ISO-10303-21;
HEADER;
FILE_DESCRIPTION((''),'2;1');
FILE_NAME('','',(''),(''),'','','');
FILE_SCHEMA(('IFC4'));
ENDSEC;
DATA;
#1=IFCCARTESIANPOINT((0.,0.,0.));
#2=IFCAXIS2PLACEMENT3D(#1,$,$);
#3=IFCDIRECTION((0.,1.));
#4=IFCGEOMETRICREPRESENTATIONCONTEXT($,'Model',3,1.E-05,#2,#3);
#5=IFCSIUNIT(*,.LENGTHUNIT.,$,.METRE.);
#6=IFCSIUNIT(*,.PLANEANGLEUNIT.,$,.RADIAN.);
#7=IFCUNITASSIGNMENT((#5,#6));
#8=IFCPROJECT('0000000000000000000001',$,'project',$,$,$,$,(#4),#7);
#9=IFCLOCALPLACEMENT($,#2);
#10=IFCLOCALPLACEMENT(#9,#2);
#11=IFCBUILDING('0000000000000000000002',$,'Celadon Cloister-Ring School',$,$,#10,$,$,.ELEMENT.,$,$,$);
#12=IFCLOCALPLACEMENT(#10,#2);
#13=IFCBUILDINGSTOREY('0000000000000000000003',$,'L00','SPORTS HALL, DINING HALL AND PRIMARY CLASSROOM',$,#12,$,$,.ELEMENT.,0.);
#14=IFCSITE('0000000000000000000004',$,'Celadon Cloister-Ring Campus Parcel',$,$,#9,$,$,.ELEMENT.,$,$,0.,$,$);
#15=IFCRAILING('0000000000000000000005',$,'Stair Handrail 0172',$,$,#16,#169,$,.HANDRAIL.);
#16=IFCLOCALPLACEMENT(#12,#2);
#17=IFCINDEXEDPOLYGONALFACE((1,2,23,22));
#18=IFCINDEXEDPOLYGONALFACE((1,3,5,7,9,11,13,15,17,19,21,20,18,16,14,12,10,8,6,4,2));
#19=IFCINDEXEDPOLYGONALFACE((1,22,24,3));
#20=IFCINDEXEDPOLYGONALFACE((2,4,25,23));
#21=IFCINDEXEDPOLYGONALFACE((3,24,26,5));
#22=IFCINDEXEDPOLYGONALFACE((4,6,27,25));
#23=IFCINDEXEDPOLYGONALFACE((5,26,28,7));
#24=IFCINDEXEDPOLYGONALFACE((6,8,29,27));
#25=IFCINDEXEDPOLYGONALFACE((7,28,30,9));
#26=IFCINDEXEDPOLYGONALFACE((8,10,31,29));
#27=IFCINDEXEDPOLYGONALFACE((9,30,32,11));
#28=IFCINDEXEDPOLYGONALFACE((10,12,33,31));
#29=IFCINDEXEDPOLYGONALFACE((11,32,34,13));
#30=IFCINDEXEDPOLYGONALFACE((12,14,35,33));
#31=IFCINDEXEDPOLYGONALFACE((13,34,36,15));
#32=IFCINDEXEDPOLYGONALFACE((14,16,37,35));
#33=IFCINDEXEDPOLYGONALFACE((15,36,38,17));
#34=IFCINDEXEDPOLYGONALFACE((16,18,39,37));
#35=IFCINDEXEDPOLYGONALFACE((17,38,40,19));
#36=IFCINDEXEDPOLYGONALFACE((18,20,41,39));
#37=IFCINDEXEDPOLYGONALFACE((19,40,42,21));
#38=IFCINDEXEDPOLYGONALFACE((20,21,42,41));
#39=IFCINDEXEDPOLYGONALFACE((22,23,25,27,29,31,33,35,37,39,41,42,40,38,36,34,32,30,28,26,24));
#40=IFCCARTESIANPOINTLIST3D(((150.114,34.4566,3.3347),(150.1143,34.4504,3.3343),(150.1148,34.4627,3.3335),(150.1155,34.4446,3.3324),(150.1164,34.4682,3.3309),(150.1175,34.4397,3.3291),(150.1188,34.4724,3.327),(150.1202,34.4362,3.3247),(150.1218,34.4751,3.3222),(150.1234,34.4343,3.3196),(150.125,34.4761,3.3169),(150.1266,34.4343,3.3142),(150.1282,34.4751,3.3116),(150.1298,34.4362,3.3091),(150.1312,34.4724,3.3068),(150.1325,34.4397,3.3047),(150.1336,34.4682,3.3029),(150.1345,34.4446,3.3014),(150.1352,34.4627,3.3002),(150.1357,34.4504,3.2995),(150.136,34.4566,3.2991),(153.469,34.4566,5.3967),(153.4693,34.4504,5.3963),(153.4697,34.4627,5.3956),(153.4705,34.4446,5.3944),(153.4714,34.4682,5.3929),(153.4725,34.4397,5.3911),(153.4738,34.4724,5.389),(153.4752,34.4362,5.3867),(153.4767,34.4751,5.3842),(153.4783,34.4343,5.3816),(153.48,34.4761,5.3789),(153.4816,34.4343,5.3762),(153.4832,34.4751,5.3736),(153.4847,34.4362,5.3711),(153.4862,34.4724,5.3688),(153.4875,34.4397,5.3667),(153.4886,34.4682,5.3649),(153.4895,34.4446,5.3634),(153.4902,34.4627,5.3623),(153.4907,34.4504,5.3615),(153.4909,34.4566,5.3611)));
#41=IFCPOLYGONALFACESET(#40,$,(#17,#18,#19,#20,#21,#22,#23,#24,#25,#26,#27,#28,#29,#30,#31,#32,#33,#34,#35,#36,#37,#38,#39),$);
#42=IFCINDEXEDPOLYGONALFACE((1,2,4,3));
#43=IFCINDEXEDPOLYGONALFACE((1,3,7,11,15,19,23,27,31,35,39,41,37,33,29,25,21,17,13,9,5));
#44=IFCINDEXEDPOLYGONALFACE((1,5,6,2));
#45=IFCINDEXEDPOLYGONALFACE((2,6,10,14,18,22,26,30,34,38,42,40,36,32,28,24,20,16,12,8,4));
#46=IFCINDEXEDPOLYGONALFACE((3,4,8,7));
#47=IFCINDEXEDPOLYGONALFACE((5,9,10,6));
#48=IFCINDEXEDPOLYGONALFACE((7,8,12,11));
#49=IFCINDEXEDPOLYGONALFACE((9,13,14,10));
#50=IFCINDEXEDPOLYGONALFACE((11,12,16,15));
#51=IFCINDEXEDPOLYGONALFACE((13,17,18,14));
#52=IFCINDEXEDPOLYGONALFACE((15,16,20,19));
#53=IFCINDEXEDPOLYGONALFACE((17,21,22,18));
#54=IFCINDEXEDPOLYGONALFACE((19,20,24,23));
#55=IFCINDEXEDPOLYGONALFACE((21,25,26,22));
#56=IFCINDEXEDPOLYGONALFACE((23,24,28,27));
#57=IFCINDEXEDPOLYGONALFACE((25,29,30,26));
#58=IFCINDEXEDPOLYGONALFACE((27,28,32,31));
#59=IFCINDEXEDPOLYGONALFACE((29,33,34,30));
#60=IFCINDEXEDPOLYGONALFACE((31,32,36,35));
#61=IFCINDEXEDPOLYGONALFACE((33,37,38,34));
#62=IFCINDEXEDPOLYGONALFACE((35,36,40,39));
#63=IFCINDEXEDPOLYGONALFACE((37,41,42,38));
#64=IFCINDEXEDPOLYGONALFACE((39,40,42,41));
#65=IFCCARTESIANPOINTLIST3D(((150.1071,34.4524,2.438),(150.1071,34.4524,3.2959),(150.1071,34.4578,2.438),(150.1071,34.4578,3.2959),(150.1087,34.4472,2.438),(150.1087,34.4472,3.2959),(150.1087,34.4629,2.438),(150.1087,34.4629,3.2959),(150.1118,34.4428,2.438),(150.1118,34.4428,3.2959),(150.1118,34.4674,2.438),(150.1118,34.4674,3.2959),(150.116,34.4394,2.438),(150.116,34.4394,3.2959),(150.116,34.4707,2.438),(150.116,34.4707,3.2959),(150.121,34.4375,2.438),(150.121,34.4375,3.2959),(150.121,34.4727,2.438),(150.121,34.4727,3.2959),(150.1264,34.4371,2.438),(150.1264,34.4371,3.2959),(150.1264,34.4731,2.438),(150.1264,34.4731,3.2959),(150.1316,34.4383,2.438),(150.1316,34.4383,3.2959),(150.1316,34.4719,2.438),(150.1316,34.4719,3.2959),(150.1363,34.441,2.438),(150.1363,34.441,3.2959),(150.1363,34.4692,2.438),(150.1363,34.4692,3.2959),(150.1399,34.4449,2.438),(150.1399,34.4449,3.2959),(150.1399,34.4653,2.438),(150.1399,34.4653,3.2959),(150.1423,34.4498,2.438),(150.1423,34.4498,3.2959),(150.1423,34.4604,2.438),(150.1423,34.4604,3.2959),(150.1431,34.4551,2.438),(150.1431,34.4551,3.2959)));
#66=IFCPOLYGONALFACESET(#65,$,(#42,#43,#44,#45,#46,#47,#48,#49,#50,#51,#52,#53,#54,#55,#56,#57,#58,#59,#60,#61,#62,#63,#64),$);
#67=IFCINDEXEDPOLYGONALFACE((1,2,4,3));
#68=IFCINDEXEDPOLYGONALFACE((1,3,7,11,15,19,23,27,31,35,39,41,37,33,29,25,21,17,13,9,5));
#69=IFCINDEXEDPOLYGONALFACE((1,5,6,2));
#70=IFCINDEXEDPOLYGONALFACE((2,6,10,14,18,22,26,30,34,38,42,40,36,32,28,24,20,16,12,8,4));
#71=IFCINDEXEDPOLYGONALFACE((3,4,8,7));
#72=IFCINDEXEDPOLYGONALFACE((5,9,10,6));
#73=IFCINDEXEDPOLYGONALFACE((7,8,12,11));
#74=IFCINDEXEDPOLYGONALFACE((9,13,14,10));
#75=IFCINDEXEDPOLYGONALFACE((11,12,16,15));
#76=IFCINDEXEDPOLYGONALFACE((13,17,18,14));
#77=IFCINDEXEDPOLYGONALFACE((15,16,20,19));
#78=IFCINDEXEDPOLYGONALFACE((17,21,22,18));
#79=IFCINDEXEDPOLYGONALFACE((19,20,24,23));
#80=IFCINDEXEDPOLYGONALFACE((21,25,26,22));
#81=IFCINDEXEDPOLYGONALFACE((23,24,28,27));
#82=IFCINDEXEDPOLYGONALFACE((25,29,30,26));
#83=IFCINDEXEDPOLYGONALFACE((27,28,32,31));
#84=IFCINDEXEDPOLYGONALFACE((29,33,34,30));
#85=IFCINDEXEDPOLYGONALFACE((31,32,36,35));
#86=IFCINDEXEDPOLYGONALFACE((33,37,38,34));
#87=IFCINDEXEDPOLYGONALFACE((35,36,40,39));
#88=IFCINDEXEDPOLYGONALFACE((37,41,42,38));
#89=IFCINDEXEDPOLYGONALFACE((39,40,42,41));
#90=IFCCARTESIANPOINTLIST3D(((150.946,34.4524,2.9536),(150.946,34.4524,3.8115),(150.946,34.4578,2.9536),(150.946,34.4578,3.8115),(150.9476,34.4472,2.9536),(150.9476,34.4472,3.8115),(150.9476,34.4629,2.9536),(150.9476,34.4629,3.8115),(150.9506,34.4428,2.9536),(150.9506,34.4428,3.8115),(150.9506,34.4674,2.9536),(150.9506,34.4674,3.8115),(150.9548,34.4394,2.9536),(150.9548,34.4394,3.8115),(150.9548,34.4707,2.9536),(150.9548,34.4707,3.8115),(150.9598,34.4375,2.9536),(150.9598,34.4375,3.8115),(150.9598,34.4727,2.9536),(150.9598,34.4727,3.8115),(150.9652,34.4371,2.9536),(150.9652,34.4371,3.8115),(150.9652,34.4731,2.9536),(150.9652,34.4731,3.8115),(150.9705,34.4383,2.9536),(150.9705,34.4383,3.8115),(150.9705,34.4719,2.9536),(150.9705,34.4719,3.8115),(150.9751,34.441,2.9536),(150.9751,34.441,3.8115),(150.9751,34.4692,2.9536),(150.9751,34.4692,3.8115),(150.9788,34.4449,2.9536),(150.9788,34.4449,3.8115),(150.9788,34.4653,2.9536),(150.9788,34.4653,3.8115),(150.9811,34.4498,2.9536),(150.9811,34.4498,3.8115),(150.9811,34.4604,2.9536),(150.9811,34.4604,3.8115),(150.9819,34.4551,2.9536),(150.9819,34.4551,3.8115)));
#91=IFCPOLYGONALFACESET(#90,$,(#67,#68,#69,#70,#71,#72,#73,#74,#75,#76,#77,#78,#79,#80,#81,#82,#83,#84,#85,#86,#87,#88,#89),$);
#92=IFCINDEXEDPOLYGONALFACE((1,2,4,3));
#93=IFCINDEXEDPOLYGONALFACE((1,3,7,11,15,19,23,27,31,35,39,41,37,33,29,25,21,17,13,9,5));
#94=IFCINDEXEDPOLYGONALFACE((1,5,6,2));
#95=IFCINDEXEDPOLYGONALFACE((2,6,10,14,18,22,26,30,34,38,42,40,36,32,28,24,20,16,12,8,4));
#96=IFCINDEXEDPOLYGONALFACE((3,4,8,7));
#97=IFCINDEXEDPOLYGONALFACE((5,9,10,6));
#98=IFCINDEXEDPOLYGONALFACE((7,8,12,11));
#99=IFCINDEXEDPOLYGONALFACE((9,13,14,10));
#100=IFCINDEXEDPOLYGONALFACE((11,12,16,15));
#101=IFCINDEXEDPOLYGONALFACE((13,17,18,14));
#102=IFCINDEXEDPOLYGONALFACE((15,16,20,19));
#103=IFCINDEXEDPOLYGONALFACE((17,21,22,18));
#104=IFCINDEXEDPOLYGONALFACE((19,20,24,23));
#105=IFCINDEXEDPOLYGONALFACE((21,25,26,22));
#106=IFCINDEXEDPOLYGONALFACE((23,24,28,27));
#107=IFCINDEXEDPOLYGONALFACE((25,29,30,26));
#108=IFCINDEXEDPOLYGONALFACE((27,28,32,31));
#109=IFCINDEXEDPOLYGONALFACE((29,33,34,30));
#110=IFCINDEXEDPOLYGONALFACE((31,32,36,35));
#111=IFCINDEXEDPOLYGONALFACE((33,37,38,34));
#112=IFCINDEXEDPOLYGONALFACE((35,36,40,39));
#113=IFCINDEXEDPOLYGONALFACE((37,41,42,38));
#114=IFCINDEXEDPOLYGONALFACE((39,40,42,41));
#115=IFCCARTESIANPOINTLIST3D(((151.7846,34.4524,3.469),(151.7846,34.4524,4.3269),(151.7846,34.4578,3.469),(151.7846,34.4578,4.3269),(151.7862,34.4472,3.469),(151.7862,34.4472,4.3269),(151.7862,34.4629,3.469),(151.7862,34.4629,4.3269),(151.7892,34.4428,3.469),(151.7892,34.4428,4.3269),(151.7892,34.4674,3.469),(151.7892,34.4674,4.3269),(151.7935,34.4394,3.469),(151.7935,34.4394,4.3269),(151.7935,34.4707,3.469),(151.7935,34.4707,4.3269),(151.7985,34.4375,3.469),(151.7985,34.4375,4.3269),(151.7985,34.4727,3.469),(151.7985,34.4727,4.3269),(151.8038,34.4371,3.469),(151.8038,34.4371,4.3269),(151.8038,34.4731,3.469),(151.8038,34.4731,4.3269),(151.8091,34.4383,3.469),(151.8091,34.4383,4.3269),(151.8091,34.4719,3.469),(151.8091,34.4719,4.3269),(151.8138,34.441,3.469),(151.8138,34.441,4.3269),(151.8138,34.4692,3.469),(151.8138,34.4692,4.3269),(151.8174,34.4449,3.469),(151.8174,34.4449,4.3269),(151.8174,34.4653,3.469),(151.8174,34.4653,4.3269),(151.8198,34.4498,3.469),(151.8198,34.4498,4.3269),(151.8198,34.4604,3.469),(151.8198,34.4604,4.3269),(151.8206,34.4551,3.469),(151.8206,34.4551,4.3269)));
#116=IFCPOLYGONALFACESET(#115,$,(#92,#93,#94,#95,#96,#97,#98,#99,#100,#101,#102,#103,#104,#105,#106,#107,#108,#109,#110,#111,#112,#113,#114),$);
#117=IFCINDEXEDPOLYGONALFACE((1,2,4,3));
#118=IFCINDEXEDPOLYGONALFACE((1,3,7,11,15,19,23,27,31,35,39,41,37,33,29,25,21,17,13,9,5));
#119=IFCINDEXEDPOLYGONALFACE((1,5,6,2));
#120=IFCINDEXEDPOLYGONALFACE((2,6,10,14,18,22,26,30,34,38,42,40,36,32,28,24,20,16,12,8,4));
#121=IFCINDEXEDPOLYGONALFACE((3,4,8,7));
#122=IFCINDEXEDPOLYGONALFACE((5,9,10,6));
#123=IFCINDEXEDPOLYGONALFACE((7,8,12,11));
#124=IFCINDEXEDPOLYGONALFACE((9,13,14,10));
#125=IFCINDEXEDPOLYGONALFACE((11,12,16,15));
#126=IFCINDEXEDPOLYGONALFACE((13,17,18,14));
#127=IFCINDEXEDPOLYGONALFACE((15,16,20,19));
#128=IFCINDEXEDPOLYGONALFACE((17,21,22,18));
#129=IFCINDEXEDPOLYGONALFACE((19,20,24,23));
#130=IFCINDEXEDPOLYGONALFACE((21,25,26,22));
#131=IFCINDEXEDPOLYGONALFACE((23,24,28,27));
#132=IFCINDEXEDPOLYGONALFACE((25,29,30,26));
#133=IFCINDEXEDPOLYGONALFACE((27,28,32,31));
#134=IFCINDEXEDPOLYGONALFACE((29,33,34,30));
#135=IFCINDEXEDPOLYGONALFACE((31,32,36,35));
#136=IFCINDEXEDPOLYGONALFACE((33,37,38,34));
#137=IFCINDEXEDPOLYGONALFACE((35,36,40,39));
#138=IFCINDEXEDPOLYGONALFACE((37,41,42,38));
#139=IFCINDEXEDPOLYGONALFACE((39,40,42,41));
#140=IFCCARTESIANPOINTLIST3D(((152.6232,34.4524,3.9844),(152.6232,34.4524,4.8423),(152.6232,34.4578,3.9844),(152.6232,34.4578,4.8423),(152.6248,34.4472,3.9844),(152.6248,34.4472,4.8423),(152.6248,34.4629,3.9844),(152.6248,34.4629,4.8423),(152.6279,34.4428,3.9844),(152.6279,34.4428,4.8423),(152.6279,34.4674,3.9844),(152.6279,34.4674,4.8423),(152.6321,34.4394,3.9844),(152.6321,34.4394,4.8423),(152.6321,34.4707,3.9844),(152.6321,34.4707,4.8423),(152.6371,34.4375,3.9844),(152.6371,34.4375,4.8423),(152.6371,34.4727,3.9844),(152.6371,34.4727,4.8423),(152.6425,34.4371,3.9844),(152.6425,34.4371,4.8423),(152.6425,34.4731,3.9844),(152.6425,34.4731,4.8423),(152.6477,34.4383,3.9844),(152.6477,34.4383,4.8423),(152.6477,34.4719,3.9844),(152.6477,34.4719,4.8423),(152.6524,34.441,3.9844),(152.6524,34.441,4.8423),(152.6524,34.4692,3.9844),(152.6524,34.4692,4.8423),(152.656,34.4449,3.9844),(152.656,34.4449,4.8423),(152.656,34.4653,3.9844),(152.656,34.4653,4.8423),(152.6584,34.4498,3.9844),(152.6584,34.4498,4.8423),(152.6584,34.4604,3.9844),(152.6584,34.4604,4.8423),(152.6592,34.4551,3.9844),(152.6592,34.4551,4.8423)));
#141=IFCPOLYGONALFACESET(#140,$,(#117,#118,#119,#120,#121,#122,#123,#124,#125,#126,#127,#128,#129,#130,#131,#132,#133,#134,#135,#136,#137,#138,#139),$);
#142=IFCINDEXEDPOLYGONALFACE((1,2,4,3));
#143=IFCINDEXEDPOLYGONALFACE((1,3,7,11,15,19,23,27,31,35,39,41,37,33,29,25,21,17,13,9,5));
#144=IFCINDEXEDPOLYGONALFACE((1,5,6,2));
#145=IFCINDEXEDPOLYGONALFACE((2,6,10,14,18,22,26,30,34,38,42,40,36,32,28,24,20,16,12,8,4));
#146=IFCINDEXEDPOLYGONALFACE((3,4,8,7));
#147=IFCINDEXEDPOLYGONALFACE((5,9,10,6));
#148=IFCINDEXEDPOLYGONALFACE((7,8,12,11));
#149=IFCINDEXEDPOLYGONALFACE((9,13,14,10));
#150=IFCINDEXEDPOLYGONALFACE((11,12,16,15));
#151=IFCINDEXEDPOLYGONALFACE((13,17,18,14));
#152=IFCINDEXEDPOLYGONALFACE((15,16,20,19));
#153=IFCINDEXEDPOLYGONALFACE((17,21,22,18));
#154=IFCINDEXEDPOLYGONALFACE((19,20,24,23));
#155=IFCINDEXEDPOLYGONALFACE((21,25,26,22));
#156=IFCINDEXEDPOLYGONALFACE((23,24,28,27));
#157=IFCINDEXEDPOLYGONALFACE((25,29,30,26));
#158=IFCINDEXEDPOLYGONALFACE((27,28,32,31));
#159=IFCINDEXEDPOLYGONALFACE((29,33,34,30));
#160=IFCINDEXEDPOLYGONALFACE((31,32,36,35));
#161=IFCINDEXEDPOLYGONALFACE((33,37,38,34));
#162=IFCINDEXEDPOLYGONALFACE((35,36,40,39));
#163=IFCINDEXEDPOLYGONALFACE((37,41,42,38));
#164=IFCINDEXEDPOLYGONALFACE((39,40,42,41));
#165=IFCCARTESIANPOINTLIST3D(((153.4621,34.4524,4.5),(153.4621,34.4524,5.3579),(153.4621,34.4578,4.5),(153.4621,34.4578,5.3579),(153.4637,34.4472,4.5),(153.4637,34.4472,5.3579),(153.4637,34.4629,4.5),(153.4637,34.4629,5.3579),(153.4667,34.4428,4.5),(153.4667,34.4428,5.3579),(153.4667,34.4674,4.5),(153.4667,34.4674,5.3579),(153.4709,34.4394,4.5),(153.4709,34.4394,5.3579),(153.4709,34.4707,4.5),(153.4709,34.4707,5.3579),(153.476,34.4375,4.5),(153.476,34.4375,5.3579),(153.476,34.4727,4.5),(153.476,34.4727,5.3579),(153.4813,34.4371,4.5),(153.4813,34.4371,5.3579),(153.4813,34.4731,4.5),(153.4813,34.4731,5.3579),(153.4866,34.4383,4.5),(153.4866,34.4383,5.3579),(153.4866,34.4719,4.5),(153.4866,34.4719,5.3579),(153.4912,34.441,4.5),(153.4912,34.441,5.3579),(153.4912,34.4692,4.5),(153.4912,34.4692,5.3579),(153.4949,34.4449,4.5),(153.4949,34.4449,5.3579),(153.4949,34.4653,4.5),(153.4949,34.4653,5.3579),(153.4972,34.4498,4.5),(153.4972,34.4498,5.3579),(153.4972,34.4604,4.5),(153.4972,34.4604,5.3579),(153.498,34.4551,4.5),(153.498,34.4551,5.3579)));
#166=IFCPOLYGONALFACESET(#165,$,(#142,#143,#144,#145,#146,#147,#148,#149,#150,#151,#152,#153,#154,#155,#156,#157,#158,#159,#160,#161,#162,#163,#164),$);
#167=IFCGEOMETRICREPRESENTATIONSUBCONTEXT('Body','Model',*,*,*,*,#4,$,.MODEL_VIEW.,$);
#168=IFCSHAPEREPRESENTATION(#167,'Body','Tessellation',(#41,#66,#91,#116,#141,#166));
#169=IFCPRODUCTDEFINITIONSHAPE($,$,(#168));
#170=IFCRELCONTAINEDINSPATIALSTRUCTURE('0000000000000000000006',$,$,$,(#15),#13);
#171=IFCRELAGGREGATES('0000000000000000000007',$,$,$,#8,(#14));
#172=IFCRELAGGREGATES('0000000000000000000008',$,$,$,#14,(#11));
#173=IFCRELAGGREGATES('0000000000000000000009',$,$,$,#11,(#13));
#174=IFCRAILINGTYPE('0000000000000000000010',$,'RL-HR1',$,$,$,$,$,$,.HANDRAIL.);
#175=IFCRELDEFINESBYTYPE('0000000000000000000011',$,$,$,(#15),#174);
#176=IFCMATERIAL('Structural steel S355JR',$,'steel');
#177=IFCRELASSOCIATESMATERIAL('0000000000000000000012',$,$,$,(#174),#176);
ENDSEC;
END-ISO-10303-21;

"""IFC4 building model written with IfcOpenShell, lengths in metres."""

from ifc_helpers import new_model, si_unit, direction, frame, origin, origin_2d, place, context, subcontext, project, spatial, circle, extrude, material, type_object, element, save


model = new_model("IFC4")

# Units and contexts
model_context = context("Model", 3, precision=1e-05, world=origin(), true_north=direction((0.0, 1.0)))
body_context = subcontext(model_context, "Body", "Model", "MODEL_VIEW")
ifc_project = project(units=[si_unit("LENGTHUNIT", "METRE"), si_unit("PLANEANGLEUNIT", "RADIAN")], contexts=[model_context])

# Site, building, storey
site_placement = place(None, origin())
site = spatial("IfcSite", under=ifc_project, at=site_placement, Name="Celadon Cloister-Ring Campus Parcel", CompositionType="ELEMENT", RefElevation=0.0)
building_placement = place(site_placement, origin())
building = spatial("IfcBuilding", under=site, at=building_placement, Name="Celadon Cloister-Ring School", CompositionType="ELEMENT")
storey_placement = place(building_placement, origin())
storey = spatial("IfcBuildingStorey", under=building, at=storey_placement, Name="L00", Description="SPORTS HALL, DINING HALL AND PRIMARY CLASSROOM", CompositionType="ELEMENT", Elevation=0.0)

# Railing
ifc_material_1 = material(Name="Structural steel S355JR", Category="steel")
railing_type_1 = type_object("IfcRailingType", Name="RL-HR1", PredefinedType="HANDRAIL", material=ifc_material_1)
for number, where, name in (
    (1, (150.125, 34.4551, 2.438), "Stair Handrail 0172"),
):
    element("IfcRailing", number, at=place(storey_placement, frame(where)), inside=storey, type_object=railing_type_1, Name=name, PredefinedType="HANDRAIL", context=body_context, shape_type="SweptSolid", body=[
        extrude(circle(Radius=0.021, at=origin_2d()), frame((0.0, 0.0, 0.8789), z_axis=(0.851952, 0.0, 0.52362), x_axis=(0.0, 1.0, 0.0)), (0.0, 0.0, 1.0), 3.938),
        extrude(circle(Radius=0.0181, at=origin_2d()), origin(), (0.0, 0.0, 1.0), 0.8579),
        extrude(circle(Radius=0.0181, at=origin_2d()), frame((0.8389, 0.0, 0.5156)), (0.0, 0.0, 1.0), 0.8579),
        extrude(circle(Radius=0.0181, at=origin_2d()), frame((1.6775, 0.0, 1.031)), (0.0, 0.0, 1.0), 0.8579),
        extrude(circle(Radius=0.0181, at=origin_2d()), frame((2.5161, 0.0, 1.5464)), (0.0, 0.0, 1.0), 0.8579),
        extrude(circle(Radius=0.0181, at=origin_2d()), frame((3.355, 0.0, 2.062)), (0.0, 0.0, 1.0), 0.8579),
    ])

save(model, "model.ifc")
